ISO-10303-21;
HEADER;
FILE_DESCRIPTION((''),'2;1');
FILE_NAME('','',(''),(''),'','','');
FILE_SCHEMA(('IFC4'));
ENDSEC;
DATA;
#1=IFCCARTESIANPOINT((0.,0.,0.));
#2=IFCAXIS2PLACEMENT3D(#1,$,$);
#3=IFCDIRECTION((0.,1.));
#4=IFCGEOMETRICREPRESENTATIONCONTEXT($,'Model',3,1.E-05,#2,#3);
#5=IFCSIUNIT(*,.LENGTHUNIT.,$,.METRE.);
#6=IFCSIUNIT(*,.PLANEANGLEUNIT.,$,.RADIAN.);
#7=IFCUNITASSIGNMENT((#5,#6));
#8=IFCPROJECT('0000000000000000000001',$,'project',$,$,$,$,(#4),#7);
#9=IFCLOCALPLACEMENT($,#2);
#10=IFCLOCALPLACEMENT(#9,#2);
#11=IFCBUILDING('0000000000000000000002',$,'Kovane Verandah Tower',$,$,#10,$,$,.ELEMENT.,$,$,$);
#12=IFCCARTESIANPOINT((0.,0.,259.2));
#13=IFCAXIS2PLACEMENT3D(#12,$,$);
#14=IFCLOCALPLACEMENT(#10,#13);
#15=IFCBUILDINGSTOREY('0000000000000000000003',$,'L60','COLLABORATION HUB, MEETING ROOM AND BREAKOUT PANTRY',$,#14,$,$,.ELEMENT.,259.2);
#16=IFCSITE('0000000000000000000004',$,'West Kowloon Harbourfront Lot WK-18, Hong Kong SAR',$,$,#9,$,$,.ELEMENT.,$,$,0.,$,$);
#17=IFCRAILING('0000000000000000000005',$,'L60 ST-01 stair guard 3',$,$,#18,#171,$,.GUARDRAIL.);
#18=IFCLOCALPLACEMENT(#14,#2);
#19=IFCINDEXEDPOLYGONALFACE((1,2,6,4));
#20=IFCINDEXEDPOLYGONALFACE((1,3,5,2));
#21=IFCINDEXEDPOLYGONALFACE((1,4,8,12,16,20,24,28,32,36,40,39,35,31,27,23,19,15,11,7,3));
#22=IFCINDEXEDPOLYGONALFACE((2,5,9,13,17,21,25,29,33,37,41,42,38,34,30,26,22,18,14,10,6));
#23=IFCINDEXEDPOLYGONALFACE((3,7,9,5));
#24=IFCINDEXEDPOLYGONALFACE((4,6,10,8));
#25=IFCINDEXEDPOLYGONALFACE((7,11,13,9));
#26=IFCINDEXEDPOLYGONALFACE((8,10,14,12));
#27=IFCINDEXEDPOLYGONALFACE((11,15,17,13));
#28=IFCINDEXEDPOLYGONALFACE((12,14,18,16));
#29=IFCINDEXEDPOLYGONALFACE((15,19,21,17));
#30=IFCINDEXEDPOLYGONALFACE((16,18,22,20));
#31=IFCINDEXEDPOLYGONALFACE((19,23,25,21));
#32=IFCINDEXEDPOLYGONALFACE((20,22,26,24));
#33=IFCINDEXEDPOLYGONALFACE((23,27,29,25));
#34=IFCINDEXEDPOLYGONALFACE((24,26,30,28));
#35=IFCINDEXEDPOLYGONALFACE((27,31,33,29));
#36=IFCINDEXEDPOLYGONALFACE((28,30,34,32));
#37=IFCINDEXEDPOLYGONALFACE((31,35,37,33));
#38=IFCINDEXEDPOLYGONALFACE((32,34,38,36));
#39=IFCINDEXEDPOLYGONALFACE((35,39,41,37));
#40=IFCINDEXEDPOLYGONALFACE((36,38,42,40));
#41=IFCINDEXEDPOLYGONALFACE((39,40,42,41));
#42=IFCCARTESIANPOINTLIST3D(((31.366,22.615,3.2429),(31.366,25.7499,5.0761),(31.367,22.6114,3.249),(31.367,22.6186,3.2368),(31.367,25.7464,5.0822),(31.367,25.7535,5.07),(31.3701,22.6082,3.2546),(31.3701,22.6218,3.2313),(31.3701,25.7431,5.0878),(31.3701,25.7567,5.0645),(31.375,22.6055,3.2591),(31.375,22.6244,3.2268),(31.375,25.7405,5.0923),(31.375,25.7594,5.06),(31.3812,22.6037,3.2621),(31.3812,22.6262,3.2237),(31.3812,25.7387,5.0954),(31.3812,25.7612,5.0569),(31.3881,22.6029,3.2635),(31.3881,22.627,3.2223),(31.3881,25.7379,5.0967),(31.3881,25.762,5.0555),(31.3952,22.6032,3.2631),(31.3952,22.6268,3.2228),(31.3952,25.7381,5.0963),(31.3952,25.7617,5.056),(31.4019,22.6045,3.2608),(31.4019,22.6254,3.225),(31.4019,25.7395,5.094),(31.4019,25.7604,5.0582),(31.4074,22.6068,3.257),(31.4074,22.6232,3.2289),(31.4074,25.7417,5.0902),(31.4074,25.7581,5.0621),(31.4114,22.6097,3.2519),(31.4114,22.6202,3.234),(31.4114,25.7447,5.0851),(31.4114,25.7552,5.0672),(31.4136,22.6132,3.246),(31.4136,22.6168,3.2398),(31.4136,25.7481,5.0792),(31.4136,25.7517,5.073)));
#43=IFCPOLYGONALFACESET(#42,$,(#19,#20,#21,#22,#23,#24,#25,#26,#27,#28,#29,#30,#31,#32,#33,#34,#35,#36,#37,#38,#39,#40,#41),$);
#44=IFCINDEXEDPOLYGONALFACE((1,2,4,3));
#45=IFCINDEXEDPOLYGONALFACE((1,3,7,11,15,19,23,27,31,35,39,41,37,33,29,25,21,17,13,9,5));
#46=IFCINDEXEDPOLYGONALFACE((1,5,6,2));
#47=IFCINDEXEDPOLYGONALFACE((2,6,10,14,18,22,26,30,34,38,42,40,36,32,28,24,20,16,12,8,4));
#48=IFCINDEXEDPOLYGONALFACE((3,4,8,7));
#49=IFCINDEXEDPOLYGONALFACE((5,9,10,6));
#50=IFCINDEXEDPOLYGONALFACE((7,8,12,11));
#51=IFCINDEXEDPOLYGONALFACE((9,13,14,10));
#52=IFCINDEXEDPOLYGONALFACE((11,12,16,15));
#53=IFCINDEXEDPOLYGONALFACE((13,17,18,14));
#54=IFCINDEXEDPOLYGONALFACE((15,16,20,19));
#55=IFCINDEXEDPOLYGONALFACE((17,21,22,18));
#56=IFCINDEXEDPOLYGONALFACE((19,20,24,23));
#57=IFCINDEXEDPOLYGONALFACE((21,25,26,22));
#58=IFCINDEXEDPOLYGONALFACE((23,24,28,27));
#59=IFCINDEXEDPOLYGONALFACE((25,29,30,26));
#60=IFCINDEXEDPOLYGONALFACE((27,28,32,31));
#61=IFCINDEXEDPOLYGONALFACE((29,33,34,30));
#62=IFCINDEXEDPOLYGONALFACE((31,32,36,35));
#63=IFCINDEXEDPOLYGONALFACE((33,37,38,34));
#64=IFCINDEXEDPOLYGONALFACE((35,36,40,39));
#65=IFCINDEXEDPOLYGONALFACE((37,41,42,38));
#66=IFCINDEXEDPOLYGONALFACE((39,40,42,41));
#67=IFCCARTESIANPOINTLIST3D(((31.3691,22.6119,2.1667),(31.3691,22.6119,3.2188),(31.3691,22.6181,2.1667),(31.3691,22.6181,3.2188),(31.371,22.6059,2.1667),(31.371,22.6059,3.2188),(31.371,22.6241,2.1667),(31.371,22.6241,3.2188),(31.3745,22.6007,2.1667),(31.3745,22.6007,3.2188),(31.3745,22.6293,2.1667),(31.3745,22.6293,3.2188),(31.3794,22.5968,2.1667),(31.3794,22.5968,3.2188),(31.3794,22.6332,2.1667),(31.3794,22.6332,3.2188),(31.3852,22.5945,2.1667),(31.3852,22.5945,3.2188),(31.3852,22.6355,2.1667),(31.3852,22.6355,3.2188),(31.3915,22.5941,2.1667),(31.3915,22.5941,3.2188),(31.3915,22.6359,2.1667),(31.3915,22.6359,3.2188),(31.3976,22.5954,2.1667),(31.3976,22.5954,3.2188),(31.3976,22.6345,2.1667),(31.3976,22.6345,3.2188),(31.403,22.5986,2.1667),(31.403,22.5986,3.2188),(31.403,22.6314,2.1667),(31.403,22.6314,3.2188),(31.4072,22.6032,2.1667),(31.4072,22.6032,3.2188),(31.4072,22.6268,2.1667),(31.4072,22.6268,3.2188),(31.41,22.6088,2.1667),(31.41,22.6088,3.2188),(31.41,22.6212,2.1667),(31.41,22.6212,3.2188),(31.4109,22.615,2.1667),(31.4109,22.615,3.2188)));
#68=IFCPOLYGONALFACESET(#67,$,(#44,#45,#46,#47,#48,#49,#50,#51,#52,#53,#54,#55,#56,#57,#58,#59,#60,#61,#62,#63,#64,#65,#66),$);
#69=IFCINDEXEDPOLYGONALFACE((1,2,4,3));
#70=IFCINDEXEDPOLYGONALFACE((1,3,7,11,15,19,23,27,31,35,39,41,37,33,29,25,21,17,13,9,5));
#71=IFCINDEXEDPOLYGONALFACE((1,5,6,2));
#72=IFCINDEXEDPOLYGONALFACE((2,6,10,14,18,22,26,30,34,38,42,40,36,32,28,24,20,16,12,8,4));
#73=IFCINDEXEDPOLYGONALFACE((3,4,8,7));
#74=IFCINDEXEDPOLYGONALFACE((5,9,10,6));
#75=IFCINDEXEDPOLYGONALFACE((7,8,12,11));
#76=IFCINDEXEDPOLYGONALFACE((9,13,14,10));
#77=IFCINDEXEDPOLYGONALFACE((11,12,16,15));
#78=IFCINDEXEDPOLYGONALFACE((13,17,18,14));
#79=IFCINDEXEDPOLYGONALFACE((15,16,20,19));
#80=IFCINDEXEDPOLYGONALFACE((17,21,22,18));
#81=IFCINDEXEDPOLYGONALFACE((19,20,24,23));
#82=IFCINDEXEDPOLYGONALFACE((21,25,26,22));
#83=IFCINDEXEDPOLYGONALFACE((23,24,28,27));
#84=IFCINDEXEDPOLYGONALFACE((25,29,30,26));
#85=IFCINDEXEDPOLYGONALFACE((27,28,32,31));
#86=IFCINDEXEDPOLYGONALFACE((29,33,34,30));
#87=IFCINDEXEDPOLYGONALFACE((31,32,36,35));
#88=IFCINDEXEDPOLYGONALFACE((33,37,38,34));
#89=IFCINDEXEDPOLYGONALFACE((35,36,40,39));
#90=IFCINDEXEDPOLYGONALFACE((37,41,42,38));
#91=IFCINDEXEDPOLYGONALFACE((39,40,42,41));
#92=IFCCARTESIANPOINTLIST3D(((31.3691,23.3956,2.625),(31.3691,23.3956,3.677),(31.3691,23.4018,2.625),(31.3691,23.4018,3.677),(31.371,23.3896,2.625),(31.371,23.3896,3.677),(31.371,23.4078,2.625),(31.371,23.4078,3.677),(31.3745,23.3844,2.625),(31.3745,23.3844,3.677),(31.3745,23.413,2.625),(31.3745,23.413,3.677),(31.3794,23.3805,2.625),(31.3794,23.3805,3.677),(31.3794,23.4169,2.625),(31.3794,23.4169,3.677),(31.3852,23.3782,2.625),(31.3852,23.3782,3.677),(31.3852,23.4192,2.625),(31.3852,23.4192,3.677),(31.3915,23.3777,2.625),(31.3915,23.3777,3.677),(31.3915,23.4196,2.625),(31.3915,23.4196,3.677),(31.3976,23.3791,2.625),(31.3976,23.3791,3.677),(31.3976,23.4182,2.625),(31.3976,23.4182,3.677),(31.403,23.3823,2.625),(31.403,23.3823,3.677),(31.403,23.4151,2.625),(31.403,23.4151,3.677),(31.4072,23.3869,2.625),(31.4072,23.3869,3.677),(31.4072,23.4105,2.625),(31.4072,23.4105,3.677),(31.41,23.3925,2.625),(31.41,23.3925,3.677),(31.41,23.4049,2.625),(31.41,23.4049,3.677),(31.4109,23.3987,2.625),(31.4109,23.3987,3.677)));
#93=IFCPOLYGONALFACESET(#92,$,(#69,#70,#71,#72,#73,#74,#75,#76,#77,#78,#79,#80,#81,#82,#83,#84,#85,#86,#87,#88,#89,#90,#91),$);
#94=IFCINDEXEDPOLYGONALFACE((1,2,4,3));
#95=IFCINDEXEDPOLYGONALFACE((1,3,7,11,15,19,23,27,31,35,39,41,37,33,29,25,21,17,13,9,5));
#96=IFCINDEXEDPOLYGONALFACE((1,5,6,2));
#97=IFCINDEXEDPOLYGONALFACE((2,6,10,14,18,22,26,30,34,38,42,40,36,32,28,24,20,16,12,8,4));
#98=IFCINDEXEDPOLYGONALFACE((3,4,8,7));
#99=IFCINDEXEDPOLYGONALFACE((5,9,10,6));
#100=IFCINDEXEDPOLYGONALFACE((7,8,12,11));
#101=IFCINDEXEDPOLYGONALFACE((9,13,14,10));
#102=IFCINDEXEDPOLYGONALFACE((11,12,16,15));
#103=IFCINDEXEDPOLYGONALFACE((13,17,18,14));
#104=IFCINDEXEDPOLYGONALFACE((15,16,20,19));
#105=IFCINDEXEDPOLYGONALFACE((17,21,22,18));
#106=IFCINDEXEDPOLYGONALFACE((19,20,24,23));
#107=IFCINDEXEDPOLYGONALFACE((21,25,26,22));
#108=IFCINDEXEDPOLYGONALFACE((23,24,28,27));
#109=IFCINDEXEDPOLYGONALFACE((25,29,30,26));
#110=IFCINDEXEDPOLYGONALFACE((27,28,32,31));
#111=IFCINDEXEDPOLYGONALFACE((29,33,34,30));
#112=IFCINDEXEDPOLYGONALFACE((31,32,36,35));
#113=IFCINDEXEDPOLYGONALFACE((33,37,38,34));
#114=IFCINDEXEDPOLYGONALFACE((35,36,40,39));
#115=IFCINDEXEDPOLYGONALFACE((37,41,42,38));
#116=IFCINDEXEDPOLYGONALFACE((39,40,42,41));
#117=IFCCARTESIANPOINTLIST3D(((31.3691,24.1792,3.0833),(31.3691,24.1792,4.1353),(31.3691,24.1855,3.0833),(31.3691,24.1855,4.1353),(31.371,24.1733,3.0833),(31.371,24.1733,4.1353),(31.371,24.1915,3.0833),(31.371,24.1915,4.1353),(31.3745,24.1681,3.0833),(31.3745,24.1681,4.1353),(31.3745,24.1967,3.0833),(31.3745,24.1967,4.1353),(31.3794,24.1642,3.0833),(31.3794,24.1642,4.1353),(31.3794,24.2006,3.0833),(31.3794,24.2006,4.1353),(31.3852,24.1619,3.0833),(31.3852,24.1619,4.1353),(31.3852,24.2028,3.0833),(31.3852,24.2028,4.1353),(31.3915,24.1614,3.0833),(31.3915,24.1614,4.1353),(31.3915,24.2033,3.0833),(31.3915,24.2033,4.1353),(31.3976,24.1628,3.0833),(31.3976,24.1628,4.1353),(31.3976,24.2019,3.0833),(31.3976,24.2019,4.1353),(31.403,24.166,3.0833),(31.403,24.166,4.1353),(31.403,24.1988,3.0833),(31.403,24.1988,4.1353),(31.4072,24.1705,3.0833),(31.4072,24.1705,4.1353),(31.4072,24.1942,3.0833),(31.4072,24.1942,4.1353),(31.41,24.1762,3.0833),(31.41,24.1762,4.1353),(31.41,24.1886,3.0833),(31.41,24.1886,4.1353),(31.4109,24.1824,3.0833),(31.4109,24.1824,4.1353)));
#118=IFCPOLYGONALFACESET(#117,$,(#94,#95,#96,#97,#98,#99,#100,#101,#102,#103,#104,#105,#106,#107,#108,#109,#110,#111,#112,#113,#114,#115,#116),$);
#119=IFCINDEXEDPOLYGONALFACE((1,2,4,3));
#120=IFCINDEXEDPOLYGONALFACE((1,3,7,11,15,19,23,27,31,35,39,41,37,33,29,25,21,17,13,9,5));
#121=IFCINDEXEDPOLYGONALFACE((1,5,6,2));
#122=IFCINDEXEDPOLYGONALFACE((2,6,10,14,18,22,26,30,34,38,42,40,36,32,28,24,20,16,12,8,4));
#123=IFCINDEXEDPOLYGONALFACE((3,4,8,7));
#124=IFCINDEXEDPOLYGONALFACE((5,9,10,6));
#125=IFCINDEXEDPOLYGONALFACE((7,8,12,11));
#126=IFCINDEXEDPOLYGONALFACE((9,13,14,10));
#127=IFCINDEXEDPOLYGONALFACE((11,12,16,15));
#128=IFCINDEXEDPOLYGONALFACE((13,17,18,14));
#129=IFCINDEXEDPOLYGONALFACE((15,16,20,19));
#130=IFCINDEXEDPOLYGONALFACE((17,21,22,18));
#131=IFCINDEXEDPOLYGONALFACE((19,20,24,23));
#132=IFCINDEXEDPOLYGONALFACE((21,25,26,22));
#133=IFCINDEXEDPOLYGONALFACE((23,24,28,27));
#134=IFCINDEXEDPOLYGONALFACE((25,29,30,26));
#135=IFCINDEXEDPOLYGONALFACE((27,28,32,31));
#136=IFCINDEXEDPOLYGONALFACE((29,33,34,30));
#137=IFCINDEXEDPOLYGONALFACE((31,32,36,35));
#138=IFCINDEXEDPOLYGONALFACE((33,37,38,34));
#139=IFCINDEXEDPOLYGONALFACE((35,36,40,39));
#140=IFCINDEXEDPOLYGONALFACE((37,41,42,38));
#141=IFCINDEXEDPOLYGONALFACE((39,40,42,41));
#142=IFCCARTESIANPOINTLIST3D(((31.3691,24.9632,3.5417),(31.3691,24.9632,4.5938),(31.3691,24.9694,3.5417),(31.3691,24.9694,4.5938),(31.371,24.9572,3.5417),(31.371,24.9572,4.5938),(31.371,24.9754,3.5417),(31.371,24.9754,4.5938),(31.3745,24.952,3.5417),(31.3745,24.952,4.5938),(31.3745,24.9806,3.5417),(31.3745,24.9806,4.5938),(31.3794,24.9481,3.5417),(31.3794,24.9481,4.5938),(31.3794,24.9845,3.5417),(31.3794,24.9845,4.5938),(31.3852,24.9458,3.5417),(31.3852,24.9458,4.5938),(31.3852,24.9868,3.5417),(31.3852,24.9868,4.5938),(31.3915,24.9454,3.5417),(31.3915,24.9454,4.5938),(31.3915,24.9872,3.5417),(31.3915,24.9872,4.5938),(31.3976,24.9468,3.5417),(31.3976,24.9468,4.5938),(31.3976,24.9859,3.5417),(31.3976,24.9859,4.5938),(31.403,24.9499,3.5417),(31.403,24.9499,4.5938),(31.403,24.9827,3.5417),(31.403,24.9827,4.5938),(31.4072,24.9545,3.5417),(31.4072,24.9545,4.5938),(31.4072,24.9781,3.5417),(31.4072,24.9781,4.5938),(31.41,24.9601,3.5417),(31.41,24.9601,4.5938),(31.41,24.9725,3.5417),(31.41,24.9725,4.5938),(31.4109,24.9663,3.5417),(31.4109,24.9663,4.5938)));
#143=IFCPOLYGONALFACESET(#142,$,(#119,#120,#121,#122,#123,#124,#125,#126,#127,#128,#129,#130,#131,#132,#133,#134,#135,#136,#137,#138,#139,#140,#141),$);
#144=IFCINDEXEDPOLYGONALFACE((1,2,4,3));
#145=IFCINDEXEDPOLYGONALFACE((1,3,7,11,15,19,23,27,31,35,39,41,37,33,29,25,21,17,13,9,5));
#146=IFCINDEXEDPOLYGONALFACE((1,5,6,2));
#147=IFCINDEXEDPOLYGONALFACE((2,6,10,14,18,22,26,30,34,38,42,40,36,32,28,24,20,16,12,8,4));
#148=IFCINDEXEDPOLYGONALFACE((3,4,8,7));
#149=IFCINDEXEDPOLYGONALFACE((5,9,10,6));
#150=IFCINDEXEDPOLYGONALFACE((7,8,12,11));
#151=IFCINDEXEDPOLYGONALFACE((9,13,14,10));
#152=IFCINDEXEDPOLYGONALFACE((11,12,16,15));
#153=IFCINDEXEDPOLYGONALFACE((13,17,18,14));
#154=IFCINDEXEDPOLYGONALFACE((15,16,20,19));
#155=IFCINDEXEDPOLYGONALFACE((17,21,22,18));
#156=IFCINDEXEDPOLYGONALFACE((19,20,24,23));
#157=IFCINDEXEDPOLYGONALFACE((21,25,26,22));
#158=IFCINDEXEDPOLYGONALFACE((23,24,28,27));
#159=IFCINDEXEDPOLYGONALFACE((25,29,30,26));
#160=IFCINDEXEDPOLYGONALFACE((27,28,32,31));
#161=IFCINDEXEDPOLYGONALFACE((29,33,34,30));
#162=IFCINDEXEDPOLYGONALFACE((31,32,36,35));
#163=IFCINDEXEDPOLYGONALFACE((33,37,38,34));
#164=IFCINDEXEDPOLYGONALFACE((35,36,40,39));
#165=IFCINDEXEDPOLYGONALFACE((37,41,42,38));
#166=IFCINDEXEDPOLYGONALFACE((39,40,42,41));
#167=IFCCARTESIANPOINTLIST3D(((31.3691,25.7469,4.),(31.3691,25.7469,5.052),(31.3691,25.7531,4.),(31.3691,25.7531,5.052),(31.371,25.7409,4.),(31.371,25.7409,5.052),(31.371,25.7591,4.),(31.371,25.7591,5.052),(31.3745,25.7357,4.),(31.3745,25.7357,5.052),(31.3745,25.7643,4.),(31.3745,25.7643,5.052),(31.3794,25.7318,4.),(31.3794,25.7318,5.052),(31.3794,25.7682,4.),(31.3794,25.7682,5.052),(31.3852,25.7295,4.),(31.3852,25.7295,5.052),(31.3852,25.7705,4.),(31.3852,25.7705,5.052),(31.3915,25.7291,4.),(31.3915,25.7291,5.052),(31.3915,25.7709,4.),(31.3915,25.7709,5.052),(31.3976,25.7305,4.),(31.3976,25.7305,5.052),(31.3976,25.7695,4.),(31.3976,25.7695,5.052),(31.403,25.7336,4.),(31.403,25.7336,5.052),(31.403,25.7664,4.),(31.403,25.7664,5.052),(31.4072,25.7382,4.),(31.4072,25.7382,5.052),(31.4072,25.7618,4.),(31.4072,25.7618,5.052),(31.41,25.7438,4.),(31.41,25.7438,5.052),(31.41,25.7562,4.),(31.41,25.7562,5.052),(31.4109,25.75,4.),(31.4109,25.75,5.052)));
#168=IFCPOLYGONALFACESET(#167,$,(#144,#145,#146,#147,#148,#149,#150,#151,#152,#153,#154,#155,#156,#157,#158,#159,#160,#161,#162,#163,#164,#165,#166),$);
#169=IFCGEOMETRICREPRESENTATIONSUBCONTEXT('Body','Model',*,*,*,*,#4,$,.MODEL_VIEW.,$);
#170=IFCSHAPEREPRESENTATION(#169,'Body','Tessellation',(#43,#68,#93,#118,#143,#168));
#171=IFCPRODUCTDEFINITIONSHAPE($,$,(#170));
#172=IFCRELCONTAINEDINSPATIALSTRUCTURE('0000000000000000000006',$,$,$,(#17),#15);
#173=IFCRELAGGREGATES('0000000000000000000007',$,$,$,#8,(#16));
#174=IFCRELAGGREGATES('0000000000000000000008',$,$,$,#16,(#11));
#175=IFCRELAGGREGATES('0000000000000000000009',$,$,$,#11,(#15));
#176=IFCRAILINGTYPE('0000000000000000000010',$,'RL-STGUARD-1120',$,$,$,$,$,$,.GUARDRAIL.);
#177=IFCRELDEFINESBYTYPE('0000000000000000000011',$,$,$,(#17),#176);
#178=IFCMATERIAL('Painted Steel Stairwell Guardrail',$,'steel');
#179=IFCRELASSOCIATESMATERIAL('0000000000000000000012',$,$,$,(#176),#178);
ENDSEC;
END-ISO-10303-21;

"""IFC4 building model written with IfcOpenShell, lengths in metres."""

from ifc_helpers import new_model, si_unit, direction, frame, origin, origin_2d, place, context, subcontext, project, spatial, circle, extrude, material, type_object, element, save


model = new_model("IFC4")

# Units and contexts
model_context = context("Model", 3, precision=1e-05, world=origin(), true_north=direction((0.0, 1.0)))
body_context = subcontext(model_context, "Body", "Model", "MODEL_VIEW")
ifc_project = project(units=[si_unit("LENGTHUNIT", "METRE"), si_unit("PLANEANGLEUNIT", "RADIAN")], contexts=[model_context])

# Site, building, storey
site_placement = place(None, origin())
site = spatial("IfcSite", under=ifc_project, at=site_placement, Name="West Kowloon Harbourfront Lot WK-18, Hong Kong SAR", CompositionType="ELEMENT", RefElevation=0.0)
building_placement = place(site_placement, origin())
building = spatial("IfcBuilding", under=site, at=building_placement, Name="Kovane Verandah Tower", CompositionType="ELEMENT")
storey_placement = place(building_placement, frame((0.0, 0.0, 259.2)))
storey = spatial("IfcBuildingStorey", under=building, at=storey_placement, Name="L60", Description="COLLABORATION HUB, MEETING ROOM AND BREAKOUT PANTRY", CompositionType="ELEMENT", Elevation=259.2)

# Railing
ifc_material_1 = material(Name="Painted Steel Stairwell Guardrail", Category="steel")
railing_type_1 = type_object("IfcRailingType", Name="RL-STGUARD-1120", PredefinedType="GUARDRAIL", material=ifc_material_1)
railing_1_placement = place(storey_placement, frame((31.3899, 22.615, 2.1667)))
element("IfcRailing", 1, at=railing_1_placement, inside=storey, type_object=railing_type_1, Name="L60 ST-01 stair guard 3", PredefinedType="GUARDRAIL", context=body_context, shape_type="SweptSolid", body=[
    extrude(circle(Radius=0.0239, at=origin_2d()), frame((0.0, 0.0, 1.0762), z_axis=(0.0, 0.86324, 0.504794), x_axis=(-1.0, 0.0, 0.0)), (0.0, 0.0, 1.0), 3.6316),
    extrude(circle(Radius=0.021, at=origin_2d()), origin(), (0.0, 0.0, 1.0), 1.052),
    extrude(circle(Radius=0.021, at=origin_2d()), frame((0.0, 0.7837, 0.4583)), (0.0, 0.0, 1.0), 1.052),
    extrude(circle(Radius=0.021, at=origin_2d()), frame((0.0, 1.5674, 0.9165)), (0.0, 0.0, 1.0), 1.052),
    extrude(circle(Radius=0.021, at=origin_2d()), frame((0.0, 2.3513, 1.375)), (0.0, 0.0, 1.0), 1.052),
    extrude(circle(Radius=0.021, at=origin_2d()), frame((0.0, 3.135, 1.8333)), (0.0, 0.0, 1.0), 1.052),
])

save(model, "model.ifc")
